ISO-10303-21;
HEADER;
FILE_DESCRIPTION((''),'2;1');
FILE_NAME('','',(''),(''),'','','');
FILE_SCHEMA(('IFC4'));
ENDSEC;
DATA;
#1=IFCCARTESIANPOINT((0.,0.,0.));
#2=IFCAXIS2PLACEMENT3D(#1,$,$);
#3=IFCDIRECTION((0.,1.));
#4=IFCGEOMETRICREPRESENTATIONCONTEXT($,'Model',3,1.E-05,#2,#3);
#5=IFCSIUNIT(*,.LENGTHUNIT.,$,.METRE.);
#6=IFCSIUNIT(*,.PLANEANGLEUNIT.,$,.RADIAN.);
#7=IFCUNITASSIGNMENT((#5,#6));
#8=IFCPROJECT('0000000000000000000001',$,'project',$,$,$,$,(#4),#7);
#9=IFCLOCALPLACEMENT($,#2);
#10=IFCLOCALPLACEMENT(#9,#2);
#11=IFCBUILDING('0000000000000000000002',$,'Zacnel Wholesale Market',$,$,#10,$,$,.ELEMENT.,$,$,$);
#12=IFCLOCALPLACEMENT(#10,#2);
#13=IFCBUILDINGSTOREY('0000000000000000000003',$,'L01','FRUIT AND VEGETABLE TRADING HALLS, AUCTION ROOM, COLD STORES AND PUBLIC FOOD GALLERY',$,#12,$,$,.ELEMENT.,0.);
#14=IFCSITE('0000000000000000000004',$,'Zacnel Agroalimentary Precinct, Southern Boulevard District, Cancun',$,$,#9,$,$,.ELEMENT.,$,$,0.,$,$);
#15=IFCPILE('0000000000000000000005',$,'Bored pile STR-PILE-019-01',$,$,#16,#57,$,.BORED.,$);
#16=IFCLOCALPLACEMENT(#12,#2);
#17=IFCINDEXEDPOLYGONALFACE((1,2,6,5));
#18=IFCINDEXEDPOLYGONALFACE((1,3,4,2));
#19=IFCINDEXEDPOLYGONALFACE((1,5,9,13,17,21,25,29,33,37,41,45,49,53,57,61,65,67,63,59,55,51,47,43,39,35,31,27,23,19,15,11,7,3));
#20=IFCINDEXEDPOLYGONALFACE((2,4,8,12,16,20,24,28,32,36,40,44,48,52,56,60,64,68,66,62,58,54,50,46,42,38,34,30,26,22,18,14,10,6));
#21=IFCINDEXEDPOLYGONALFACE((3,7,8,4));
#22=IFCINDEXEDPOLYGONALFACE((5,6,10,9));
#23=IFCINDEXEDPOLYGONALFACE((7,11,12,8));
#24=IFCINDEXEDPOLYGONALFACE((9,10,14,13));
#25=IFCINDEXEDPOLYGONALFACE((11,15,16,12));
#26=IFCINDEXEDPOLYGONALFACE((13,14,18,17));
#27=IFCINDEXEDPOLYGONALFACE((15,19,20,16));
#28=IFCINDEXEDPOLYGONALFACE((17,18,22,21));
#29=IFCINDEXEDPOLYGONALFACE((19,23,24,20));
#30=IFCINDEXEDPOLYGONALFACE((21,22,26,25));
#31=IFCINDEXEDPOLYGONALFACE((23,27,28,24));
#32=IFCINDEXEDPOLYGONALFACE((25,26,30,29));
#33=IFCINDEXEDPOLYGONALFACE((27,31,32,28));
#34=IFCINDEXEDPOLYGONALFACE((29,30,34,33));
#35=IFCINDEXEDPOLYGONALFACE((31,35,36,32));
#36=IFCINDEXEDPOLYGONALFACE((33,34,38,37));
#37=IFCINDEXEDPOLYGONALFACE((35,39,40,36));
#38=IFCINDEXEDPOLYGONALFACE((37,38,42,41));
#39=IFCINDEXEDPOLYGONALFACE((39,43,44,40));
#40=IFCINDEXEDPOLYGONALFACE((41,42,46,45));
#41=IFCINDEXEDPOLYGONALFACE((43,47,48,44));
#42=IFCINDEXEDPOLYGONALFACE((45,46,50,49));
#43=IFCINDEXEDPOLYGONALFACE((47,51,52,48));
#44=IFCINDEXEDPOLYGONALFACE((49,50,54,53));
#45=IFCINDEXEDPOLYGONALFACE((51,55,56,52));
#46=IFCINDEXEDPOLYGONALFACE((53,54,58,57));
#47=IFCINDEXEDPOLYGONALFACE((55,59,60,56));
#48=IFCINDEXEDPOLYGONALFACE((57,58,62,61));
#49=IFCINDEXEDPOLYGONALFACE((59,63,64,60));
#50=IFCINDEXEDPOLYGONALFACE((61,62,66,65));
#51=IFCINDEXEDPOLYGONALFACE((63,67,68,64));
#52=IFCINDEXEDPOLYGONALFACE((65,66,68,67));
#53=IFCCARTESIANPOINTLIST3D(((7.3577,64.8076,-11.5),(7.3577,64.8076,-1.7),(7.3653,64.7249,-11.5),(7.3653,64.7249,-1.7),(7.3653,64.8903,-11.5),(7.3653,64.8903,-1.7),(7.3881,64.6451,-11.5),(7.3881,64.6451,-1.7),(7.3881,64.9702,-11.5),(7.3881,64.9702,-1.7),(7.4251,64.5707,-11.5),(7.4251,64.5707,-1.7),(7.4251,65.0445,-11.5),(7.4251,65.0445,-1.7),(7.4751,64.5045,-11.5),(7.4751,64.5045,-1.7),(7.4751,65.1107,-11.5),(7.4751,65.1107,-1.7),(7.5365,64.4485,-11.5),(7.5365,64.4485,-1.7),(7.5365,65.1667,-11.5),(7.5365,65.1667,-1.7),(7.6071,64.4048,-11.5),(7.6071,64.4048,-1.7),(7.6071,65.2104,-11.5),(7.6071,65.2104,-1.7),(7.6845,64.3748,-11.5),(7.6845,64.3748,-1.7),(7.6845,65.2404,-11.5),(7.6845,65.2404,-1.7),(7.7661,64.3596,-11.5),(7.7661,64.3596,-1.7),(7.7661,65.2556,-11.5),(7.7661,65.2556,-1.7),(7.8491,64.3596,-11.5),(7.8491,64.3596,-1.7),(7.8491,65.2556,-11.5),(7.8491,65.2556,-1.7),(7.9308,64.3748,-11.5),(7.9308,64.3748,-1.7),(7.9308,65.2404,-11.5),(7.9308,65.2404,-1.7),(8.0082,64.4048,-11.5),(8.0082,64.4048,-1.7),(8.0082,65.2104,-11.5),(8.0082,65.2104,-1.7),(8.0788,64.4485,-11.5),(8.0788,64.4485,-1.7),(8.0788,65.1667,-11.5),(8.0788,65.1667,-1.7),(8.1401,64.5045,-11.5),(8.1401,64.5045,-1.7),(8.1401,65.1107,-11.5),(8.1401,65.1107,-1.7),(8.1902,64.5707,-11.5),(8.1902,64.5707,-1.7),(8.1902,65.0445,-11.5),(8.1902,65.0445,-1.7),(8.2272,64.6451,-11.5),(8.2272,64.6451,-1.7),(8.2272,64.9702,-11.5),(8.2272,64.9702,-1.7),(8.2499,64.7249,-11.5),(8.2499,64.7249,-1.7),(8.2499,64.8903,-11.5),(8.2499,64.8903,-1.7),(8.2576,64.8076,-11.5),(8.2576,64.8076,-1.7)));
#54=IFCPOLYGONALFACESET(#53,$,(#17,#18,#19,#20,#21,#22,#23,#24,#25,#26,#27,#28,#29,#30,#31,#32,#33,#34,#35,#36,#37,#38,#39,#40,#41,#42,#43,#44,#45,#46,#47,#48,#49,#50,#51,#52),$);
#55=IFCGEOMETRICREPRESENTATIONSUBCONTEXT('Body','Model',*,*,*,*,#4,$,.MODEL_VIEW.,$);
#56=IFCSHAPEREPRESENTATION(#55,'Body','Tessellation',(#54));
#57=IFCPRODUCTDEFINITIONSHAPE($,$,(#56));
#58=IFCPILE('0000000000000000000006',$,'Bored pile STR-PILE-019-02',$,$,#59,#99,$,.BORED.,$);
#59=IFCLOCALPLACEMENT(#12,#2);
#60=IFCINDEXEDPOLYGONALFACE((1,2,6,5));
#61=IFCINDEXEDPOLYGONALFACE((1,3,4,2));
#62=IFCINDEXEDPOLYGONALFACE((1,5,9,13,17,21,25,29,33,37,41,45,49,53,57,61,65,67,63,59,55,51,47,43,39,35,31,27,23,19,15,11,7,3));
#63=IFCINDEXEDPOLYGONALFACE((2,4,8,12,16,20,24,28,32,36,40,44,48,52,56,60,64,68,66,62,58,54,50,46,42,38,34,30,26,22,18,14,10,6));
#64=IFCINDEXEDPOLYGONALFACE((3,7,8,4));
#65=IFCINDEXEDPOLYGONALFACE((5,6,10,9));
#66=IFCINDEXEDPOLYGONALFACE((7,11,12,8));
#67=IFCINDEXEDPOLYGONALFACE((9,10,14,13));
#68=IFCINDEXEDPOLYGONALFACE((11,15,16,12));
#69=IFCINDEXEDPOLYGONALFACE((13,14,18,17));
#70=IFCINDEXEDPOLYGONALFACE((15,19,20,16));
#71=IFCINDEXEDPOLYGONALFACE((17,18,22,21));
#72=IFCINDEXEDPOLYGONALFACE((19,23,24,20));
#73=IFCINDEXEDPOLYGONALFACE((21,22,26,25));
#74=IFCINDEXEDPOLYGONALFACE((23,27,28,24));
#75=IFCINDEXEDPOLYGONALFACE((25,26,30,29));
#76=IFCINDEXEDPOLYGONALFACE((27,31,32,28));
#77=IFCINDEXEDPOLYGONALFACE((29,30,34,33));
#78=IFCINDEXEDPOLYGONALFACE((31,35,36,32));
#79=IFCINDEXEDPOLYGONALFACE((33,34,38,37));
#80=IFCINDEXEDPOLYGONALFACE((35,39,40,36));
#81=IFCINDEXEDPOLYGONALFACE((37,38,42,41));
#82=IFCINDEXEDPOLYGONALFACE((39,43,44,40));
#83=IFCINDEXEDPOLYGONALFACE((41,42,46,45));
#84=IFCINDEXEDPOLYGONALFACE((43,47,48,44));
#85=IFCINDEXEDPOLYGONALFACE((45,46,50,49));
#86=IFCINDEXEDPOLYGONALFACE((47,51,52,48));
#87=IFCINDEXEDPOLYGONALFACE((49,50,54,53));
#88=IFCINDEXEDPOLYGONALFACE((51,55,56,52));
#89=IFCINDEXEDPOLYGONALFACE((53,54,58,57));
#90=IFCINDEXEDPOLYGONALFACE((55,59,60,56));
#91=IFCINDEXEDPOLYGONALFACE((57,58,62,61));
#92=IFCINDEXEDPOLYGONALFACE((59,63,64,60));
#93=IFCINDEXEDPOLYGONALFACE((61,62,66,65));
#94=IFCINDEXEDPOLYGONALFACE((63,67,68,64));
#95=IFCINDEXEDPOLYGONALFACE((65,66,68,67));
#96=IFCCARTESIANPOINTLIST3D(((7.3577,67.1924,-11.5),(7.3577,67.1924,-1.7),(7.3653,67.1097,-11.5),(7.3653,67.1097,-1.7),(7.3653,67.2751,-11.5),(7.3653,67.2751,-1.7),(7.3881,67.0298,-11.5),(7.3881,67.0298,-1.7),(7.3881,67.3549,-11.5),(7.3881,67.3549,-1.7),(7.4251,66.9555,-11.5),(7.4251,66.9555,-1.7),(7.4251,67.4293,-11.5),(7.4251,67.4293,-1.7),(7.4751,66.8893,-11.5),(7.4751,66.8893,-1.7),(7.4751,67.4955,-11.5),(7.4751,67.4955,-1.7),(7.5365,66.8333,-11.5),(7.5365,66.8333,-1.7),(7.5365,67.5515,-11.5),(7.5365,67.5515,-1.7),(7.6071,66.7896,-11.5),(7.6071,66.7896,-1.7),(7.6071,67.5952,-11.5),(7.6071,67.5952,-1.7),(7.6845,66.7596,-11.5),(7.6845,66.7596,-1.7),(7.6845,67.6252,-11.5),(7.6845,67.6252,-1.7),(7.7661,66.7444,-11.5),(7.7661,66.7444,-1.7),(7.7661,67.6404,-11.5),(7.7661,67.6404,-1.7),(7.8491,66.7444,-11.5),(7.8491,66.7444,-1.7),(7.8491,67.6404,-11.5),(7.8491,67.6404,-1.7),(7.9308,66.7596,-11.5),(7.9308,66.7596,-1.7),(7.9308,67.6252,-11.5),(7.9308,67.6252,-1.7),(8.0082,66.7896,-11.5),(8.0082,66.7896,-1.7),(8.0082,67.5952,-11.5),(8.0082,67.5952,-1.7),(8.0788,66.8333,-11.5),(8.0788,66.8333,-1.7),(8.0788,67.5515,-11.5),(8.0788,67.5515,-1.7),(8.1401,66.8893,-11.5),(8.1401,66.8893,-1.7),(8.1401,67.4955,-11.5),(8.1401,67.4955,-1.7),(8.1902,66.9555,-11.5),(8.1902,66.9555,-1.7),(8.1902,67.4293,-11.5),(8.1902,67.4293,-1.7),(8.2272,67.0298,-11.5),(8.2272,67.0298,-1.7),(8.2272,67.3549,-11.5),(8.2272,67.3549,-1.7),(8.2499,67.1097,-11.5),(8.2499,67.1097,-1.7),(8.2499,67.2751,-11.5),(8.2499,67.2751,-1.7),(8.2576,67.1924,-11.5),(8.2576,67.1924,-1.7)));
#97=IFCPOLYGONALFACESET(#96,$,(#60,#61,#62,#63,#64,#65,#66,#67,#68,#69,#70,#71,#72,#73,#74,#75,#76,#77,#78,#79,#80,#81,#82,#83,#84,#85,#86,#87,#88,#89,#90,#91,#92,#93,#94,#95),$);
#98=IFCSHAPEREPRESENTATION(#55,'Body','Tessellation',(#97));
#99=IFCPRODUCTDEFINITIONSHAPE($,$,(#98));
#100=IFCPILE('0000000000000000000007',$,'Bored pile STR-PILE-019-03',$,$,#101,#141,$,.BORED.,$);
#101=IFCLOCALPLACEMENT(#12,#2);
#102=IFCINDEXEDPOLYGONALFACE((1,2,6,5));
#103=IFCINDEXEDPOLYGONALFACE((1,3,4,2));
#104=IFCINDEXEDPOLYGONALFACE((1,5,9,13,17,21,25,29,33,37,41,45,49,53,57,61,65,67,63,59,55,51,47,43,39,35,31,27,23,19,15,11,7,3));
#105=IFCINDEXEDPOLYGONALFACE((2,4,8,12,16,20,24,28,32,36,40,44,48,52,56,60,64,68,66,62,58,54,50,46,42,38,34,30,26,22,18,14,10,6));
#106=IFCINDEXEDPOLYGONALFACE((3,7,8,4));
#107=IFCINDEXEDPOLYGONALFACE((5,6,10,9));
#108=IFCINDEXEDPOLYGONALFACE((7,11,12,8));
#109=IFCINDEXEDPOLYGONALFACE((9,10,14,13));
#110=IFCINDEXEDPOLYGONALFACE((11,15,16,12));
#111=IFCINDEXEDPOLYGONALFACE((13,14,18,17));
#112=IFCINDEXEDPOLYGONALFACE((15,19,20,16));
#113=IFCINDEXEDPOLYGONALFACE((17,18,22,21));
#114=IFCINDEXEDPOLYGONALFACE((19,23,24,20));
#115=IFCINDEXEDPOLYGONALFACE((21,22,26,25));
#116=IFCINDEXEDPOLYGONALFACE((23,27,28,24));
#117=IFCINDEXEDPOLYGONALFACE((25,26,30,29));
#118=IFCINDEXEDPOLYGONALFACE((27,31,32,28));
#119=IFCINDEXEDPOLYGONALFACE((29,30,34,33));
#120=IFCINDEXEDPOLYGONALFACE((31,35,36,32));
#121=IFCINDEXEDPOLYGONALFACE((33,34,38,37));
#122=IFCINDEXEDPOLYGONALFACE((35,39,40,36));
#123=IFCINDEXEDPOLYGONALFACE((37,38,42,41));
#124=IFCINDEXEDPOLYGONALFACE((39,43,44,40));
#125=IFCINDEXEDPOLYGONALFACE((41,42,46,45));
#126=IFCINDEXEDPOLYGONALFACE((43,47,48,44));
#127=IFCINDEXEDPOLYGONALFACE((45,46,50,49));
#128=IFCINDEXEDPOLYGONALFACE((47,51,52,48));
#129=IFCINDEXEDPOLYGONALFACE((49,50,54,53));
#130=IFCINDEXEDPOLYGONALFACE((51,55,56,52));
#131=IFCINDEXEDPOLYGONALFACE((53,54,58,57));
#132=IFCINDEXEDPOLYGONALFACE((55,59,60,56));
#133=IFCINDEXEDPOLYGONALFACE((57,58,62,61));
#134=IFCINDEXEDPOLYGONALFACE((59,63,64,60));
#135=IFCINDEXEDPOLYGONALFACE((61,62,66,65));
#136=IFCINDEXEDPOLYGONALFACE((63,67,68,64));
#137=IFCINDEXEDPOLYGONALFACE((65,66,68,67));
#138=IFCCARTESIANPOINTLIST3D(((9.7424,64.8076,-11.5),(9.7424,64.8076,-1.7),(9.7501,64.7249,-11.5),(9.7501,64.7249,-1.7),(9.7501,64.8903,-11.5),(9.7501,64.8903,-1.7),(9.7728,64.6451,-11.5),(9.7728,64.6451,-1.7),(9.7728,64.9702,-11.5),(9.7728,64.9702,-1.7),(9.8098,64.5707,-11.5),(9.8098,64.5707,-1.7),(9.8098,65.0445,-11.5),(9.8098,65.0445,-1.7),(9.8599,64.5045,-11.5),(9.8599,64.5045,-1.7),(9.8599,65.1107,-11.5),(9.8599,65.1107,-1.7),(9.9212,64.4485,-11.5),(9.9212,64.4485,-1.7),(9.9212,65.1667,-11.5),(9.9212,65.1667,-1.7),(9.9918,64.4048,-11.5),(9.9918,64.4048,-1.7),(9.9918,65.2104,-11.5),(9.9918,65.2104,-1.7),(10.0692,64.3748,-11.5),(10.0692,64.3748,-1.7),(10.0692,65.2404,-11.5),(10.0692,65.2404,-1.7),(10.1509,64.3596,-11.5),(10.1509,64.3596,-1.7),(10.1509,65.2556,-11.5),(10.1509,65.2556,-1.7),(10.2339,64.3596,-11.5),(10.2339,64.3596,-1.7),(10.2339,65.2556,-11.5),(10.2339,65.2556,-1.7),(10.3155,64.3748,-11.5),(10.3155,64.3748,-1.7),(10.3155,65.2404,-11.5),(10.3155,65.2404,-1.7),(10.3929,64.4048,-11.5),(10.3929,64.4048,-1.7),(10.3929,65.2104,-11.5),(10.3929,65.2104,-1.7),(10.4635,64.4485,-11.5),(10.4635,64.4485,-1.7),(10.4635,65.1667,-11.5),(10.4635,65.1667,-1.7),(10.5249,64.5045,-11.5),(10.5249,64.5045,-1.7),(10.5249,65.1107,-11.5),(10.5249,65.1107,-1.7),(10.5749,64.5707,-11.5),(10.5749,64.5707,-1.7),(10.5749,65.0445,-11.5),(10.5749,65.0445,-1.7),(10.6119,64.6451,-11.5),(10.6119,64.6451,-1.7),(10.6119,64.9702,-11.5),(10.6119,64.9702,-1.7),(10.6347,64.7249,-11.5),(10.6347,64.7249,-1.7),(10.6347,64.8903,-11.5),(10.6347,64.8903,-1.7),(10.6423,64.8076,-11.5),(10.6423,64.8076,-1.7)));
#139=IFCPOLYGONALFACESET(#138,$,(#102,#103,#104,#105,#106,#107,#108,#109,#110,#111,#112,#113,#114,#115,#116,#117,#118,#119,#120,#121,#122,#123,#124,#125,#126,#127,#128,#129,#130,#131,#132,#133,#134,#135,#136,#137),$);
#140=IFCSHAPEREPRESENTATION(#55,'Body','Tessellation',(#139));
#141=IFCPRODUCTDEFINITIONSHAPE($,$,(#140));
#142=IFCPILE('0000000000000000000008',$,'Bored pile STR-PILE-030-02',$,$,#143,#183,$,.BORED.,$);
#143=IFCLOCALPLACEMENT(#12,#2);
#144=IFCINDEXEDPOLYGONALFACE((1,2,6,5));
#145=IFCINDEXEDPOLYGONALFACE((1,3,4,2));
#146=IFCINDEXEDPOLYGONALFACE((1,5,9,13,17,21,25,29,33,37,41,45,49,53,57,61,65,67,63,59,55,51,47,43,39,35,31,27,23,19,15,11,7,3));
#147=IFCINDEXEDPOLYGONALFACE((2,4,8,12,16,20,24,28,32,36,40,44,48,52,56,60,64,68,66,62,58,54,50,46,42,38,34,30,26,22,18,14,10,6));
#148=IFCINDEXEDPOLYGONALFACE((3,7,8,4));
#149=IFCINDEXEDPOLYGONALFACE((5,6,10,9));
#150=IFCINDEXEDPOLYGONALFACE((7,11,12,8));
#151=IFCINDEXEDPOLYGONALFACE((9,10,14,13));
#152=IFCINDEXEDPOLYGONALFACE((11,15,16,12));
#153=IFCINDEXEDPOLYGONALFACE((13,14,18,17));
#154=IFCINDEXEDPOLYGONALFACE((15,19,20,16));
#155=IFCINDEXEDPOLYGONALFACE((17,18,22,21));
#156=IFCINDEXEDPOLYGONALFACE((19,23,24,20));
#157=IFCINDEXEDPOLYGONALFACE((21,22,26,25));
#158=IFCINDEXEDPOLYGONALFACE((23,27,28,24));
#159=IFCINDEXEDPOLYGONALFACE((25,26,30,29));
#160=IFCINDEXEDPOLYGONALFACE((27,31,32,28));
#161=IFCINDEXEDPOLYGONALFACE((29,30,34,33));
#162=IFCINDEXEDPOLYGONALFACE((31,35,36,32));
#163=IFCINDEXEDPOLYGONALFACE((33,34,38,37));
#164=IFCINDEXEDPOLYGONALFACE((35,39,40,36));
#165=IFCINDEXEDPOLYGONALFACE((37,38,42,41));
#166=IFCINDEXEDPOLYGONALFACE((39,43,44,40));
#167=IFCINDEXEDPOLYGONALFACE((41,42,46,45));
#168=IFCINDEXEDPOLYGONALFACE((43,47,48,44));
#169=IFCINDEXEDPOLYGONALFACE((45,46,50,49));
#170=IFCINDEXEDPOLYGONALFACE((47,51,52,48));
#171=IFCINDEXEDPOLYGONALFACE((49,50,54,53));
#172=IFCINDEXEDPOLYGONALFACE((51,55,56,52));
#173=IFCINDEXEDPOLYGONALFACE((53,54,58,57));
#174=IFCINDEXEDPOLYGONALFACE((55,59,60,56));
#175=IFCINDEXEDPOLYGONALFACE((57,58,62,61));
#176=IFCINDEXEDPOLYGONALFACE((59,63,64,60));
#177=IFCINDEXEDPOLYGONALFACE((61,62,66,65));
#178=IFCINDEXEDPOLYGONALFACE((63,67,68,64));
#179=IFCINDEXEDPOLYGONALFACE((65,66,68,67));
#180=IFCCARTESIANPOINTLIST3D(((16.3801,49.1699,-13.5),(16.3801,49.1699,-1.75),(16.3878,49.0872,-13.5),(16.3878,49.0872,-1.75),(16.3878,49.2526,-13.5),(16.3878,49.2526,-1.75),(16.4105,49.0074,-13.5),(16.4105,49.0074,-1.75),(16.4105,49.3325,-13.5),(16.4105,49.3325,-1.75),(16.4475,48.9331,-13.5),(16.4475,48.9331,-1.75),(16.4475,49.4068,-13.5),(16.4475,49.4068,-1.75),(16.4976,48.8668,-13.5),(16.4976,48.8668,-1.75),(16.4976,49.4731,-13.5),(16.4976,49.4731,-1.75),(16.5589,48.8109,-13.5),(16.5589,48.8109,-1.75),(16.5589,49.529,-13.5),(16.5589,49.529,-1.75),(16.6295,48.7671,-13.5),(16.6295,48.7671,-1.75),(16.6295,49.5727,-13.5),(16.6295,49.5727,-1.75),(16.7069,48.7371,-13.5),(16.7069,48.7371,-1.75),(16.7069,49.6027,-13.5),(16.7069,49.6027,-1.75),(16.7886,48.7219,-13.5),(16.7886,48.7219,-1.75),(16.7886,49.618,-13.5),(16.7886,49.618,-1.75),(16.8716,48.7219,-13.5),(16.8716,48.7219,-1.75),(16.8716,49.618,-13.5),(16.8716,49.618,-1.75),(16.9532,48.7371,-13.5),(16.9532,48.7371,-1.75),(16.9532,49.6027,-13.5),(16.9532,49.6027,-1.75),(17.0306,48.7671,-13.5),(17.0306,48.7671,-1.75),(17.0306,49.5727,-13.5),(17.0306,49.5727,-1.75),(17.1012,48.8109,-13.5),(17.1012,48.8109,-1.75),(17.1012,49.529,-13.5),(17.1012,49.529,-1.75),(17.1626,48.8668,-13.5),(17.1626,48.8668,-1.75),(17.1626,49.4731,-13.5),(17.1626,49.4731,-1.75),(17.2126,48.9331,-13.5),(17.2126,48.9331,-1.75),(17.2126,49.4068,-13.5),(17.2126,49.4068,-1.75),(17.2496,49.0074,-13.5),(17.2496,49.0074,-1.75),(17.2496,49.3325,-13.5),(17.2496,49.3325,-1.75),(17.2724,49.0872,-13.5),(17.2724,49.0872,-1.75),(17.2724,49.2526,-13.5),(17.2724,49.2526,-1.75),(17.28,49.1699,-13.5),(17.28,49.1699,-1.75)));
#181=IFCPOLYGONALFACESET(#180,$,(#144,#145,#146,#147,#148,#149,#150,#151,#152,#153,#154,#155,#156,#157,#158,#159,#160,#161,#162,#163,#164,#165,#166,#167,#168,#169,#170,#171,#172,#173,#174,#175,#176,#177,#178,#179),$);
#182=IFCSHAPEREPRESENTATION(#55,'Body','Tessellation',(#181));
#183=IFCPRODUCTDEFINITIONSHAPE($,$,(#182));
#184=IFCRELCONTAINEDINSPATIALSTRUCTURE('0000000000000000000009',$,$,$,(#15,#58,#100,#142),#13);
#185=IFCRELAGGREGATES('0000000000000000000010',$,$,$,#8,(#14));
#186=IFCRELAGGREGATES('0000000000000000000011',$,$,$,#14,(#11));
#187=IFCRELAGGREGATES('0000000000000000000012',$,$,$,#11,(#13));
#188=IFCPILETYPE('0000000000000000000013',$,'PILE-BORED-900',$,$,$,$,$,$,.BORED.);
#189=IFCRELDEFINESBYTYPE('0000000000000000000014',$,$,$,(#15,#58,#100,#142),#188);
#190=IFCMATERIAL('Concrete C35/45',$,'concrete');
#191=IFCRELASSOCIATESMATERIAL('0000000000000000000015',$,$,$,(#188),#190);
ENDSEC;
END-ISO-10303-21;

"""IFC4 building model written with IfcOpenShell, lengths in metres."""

from ifc_helpers import new_model, si_unit, direction, frame, origin, origin_2d, place, context, subcontext, project, spatial, circle, extrude, material, material_profile, profile_set, type_object, element, save


model = new_model("IFC4")

# Units and contexts
model_context = context("Model", 3, precision=1e-05, world=origin(), true_north=direction((0.0, 1.0)))
body_context = subcontext(model_context, "Body", "Model", "MODEL_VIEW")
ifc_project = project(units=[si_unit("LENGTHUNIT", "METRE"), si_unit("PLANEANGLEUNIT", "RADIAN")], contexts=[model_context])

# Site, building, storey
site_placement = place(None, origin())
site = spatial("IfcSite", under=ifc_project, at=site_placement, Name="Zacnel Agroalimentary Precinct, Southern Boulevard District, Cancun", CompositionType="ELEMENT", RefElevation=0.0)
building_placement = place(site_placement, origin())
building = spatial("IfcBuilding", under=site, at=building_placement, Name="Zacnel Wholesale Market", CompositionType="ELEMENT")
storey_placement = place(building_placement, origin())
storey = spatial("IfcBuildingStorey", under=building, at=storey_placement, Name="L01", Description="FRUIT AND VEGETABLE TRADING HALLS, AUCTION ROOM, COLD STORES AND PUBLIC FOOD GALLERY", CompositionType="ELEMENT", Elevation=0.0)

# Piles
ifc_material_1 = material(Name="Concrete C35/45", Category="concrete")
ifc_material_profile_1 = material_profile(ifc_material_1, circle(Radius=0.45, at=origin_2d()), Name="BORED PILE D900")
ifc_profile_set_1 = profile_set([ifc_material_profile_1], Name="Concrete C35/45")
pile_type = type_object("IfcPileType", Name="PILE-BORED-900", PredefinedType="BORED", material=ifc_profile_set_1)
for number, where, z_axis, x_axis, name in (
    (1, (7.8076, 64.8076, -1.7), (0.0, 0.0, -1.0), (1.0, 0.0, 0.0), "Bored pile STR-PILE-019-01"),
    (2, (7.8076, 67.1924, -1.7), (0.0, 0.0, -1.0), (1.0, 0.0, 0.0), "Bored pile STR-PILE-019-02"),
    (3, (10.1924, 64.8076, -1.7), (0.0, 0.0, -1.0), (1.0, 0.0, 0.0), "Bored pile STR-PILE-019-03"),
):
    element("IfcPile", number, at=place(storey_placement, frame(where, z_axis=z_axis, x_axis=x_axis)), inside=storey, type_object=pile_type, Name=name, PredefinedType="BORED", context=body_context, shape_type="SweptSolid", body=[
        extrude(circle(Radius=0.45, at=origin_2d()), origin(), (0.0, 0.0, 1.0), 9.8),
    ])
pile_1_placement = place(storey_placement, frame((16.8301, 49.1699, -1.75), z_axis=(0.0, 0.0, -1.0), x_axis=(1.0, 0.0, 0.0)))
element("IfcPile", 4, at=pile_1_placement, inside=storey, type_object=pile_type, Name="Bored pile STR-PILE-030-02", PredefinedType="BORED", context=body_context, shape_type="SweptSolid", body=[
    extrude(circle(Radius=0.45, at=origin_2d()), origin(), (0.0, 0.0, 1.0), 11.75),
])

save(model, "model.ifc")
